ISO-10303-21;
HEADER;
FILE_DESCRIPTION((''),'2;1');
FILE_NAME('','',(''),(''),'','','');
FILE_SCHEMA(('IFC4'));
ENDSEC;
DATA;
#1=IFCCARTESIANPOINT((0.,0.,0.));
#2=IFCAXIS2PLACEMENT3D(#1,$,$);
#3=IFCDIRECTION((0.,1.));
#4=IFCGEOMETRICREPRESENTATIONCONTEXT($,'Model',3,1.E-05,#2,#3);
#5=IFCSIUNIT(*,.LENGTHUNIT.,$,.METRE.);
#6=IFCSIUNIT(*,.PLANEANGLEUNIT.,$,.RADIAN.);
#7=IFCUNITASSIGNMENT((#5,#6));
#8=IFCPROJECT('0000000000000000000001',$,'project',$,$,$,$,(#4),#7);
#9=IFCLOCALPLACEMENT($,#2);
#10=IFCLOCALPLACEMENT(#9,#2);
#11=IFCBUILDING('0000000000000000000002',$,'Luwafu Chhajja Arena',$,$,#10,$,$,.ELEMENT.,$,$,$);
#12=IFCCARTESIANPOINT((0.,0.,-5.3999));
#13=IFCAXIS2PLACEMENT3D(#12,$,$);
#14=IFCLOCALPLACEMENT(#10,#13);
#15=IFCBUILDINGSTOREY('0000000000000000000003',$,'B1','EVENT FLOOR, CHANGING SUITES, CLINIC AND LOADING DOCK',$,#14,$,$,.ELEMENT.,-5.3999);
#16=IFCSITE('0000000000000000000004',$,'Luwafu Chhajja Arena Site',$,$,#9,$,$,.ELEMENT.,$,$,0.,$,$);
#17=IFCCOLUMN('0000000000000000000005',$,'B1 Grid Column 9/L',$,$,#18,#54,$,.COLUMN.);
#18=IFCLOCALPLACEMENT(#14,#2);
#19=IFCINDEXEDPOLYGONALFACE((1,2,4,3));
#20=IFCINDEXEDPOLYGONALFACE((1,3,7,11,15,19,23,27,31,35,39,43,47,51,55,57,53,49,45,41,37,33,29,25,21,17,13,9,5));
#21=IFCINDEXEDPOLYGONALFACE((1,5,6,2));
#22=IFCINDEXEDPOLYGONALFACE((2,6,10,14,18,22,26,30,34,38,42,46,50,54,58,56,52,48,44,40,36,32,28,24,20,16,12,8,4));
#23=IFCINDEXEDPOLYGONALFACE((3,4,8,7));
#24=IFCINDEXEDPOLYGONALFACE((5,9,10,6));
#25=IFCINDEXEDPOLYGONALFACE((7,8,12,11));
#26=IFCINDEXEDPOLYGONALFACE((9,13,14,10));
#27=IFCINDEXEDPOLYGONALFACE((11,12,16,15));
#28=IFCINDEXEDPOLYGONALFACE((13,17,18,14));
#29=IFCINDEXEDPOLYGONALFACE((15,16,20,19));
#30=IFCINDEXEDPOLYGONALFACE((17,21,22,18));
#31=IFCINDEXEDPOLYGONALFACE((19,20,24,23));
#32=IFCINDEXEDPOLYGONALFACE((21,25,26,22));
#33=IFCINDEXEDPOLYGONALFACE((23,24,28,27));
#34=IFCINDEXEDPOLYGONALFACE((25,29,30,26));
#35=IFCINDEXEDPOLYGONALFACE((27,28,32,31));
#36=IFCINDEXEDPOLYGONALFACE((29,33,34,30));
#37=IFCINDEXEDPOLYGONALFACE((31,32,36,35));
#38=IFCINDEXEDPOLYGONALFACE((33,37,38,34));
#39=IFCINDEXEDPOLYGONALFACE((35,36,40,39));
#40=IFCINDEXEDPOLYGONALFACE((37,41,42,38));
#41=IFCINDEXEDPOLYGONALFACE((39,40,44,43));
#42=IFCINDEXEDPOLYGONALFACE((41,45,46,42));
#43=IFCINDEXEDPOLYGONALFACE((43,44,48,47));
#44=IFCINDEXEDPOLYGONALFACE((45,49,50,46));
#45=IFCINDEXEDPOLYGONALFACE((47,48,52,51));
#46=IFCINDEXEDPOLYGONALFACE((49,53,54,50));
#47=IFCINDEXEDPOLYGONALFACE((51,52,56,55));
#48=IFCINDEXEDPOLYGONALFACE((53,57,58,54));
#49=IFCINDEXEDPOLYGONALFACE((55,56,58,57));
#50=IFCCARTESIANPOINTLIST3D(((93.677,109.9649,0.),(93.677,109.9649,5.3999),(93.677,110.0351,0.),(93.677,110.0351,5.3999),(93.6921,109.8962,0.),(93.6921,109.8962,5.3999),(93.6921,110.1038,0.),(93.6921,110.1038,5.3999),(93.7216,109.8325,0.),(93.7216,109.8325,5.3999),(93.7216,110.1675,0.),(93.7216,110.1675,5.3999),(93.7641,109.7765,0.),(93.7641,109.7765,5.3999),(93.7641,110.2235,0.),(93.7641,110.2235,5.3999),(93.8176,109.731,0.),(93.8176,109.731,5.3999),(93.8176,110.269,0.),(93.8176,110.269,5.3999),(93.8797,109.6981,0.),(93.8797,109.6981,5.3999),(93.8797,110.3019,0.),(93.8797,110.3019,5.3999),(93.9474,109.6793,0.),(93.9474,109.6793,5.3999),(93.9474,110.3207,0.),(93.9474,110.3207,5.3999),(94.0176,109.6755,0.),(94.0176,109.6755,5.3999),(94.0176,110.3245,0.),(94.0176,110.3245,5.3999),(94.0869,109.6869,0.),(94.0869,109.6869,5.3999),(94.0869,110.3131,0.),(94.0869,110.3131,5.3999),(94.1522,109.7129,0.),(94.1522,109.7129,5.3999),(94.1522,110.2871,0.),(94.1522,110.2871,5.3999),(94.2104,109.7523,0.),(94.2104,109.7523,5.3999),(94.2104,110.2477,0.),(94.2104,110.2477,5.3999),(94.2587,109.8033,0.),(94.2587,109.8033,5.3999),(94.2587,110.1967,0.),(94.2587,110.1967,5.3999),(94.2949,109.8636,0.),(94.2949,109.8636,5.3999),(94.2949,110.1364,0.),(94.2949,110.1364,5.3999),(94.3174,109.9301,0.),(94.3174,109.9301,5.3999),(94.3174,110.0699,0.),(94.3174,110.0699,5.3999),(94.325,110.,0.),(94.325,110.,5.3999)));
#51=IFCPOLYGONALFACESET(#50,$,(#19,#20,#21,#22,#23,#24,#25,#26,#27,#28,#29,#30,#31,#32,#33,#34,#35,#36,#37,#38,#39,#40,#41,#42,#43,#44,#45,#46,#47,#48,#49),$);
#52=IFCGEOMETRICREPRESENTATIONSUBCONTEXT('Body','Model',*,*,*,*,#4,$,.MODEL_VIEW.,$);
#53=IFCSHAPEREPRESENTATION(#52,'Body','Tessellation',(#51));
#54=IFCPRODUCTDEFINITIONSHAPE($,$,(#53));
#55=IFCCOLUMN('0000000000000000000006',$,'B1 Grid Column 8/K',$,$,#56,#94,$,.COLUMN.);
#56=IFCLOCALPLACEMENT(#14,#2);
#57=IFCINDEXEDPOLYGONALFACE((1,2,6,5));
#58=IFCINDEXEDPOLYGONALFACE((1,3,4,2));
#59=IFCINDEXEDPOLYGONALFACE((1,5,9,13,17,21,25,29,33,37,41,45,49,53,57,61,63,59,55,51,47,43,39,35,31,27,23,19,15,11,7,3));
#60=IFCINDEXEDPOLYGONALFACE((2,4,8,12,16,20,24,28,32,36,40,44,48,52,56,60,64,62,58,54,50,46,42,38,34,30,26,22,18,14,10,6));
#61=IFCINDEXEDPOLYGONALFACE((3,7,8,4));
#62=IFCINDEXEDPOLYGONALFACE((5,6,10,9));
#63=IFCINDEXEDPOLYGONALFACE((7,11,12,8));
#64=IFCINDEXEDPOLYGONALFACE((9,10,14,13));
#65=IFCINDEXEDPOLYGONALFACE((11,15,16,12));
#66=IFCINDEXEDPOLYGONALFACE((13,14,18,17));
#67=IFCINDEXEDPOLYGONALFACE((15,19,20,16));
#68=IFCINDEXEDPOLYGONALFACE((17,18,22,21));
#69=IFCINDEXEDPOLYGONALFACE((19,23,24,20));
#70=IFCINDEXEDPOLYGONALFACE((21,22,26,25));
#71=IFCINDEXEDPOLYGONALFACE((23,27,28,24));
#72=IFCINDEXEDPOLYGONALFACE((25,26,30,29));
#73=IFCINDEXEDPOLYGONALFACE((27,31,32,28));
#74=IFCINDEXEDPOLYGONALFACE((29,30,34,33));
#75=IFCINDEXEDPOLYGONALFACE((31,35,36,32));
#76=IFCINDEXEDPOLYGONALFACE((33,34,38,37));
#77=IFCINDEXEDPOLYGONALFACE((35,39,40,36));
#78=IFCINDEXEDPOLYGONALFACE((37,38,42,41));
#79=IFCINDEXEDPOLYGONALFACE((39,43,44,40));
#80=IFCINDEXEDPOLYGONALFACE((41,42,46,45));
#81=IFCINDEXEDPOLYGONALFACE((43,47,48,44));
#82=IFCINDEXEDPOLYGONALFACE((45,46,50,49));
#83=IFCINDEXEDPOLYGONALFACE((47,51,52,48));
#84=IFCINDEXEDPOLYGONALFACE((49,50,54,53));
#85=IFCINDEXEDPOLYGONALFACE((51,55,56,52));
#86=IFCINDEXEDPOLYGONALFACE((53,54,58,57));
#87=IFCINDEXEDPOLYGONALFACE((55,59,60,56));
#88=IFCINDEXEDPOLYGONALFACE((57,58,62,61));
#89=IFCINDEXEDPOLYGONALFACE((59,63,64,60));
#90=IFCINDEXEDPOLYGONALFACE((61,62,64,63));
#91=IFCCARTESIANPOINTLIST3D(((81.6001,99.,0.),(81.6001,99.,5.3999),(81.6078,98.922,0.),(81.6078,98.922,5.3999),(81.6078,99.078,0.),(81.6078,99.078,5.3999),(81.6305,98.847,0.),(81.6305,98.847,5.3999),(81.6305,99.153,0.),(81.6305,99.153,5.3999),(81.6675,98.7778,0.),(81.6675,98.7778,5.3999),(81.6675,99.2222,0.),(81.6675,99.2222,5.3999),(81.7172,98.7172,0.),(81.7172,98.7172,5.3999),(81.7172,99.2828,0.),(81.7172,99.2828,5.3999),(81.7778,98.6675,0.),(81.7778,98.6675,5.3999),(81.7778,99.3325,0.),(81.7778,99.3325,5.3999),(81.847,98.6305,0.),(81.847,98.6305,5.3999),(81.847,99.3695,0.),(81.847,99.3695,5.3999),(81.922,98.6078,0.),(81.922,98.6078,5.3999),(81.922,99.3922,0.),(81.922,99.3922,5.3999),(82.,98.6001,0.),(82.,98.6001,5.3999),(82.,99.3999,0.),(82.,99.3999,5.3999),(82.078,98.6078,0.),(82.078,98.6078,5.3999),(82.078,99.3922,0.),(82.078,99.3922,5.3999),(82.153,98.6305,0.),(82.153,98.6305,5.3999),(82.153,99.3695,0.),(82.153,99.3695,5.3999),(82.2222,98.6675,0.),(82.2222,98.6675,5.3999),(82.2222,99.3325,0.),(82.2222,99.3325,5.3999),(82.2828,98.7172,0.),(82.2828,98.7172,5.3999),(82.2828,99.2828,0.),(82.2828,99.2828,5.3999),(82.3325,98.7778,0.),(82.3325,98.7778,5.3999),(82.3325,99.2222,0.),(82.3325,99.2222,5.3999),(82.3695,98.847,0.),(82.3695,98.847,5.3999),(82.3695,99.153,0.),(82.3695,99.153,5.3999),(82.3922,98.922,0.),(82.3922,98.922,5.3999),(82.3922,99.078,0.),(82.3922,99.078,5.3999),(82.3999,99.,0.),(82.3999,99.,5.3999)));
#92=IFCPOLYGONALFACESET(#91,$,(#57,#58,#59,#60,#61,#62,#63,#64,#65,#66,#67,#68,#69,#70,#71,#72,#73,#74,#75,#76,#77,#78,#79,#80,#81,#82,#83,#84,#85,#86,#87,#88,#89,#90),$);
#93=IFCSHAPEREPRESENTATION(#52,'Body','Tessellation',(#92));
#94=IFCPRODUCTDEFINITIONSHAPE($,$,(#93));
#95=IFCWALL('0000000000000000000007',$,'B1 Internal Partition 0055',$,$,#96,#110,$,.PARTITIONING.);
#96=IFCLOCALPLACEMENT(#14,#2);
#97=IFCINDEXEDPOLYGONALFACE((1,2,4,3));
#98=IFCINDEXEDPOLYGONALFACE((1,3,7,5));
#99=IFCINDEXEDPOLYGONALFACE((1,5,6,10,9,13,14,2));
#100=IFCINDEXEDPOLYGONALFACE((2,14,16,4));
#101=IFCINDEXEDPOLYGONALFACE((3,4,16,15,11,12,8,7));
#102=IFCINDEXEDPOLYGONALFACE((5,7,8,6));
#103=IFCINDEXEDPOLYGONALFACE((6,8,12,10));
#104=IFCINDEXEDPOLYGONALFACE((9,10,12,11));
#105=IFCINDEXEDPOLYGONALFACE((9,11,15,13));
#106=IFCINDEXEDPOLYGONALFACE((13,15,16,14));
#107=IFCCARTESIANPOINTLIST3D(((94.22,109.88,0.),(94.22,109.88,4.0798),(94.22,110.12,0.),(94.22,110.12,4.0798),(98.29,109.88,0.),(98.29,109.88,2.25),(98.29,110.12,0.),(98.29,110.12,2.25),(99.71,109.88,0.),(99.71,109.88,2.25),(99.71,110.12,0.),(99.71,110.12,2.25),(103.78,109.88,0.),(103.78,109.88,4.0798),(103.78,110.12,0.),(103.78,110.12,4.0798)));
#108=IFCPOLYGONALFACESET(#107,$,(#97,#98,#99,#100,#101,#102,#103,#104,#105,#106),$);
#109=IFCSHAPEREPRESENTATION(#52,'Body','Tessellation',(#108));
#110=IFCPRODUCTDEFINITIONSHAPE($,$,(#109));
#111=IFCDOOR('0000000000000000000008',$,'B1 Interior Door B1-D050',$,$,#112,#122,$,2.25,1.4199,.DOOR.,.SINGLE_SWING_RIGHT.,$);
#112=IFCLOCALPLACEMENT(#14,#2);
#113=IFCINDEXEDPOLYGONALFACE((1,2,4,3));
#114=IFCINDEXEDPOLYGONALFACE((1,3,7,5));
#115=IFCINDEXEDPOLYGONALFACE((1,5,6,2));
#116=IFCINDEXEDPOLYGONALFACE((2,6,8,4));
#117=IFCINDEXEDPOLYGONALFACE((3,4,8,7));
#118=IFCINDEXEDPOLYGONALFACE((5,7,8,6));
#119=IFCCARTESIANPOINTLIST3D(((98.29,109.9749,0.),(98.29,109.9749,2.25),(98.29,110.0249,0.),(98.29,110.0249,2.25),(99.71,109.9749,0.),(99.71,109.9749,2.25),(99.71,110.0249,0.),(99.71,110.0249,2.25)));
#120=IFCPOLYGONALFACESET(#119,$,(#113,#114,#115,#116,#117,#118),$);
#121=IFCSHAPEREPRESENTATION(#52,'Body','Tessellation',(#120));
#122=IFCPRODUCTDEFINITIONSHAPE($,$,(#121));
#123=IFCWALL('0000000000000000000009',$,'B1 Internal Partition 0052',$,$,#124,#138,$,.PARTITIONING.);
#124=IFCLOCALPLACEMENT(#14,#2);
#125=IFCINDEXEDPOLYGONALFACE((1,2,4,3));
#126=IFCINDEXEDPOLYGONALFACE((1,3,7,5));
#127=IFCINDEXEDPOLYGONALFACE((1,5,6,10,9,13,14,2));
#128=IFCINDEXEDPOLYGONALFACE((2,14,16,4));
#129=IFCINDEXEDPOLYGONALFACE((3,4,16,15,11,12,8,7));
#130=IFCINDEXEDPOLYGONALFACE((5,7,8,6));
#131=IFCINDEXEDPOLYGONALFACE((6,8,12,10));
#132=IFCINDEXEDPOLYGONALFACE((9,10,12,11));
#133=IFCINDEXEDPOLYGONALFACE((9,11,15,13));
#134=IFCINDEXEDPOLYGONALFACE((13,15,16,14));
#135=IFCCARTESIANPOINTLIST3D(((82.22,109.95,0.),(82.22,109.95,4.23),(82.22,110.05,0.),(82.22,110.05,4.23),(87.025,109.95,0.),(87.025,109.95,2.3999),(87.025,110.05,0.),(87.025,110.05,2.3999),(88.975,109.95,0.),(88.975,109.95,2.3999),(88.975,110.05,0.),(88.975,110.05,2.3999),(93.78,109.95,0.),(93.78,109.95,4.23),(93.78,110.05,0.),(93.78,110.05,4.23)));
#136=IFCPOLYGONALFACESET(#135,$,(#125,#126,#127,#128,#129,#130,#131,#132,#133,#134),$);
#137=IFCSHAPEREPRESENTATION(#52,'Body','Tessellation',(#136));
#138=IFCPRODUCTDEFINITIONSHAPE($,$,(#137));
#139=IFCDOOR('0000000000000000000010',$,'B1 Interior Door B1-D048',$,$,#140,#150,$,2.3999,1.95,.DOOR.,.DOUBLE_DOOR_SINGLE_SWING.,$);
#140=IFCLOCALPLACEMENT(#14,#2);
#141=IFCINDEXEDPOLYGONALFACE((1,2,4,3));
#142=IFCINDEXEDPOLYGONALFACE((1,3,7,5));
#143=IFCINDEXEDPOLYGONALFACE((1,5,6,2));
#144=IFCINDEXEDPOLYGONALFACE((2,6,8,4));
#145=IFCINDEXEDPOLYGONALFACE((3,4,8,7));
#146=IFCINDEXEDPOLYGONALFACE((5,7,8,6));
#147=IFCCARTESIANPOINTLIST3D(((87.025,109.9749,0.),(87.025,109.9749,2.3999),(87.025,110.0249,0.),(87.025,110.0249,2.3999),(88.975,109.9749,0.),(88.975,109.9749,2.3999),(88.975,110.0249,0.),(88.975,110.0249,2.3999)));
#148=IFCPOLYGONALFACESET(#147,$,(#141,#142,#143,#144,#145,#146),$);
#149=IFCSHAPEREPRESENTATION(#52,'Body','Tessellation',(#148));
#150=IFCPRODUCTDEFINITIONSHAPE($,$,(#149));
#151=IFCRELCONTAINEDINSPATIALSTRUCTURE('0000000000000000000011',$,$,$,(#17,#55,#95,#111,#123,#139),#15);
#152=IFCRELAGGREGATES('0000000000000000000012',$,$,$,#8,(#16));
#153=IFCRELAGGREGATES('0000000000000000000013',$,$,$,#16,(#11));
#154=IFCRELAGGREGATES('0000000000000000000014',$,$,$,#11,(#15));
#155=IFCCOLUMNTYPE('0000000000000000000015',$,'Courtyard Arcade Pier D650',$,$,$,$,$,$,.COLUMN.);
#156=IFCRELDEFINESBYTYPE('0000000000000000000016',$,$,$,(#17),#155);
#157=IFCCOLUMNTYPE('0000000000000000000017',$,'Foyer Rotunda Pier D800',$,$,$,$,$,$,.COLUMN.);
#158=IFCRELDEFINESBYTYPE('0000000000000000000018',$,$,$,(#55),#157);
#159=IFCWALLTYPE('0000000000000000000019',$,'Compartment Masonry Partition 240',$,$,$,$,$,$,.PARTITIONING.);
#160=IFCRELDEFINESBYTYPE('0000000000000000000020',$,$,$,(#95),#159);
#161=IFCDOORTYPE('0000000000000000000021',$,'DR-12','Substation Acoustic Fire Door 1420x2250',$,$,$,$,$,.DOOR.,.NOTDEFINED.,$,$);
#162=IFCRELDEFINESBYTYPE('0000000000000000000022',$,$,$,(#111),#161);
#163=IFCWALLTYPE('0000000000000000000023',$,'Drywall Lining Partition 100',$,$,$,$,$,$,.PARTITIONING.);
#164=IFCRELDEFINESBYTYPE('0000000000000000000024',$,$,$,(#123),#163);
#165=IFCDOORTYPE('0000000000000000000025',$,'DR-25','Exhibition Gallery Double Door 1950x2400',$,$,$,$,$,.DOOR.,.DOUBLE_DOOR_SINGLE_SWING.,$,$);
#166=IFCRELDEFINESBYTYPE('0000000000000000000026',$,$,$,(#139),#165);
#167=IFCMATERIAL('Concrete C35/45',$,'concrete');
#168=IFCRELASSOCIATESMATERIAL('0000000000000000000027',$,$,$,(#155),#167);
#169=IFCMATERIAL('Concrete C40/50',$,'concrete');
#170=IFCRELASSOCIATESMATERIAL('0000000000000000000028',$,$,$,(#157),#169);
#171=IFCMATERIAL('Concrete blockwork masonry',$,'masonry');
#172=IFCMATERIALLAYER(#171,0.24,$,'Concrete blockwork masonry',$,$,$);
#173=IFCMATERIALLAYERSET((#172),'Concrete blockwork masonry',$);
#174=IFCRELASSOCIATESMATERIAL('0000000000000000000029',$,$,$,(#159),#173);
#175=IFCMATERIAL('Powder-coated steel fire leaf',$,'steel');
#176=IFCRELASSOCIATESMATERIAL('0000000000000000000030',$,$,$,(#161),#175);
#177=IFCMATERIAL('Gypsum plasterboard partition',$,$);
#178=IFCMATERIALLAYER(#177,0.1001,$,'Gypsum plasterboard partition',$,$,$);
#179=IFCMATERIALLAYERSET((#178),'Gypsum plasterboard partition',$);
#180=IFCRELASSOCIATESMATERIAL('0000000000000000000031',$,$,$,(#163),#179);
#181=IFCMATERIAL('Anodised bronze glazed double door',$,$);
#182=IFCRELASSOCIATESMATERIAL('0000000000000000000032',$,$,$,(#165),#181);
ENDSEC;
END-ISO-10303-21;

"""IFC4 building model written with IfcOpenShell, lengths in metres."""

from ifc_helpers import new_model, si_unit, direction, frame, frame_2d, origin, origin_2d, place, context, subcontext, project, spatial, rectangle, circle, extrude, material, layer, layer_set, material_profile, profile_set, type_object, element, fill, save


model = new_model("IFC4")

# Units and contexts
model_context = context("Model", 3, precision=1e-05, world=origin(), true_north=direction((0.0, 1.0)))
body_context = subcontext(model_context, "Body", "Model", "MODEL_VIEW")
ifc_project = project(units=[si_unit("LENGTHUNIT", "METRE"), si_unit("PLANEANGLEUNIT", "RADIAN")], contexts=[model_context])

# Site, building, storey
site_placement = place(None, origin())
site = spatial("IfcSite", under=ifc_project, at=site_placement, Name="Luwafu Chhajja Arena Site", CompositionType="ELEMENT", RefElevation=0.0)
building_placement = place(site_placement, origin())
building = spatial("IfcBuilding", under=site, at=building_placement, Name="Luwafu Chhajja Arena", CompositionType="ELEMENT")
storey_placement = place(building_placement, frame((0.0, 0.0, -5.3999)))
storey = spatial("IfcBuildingStorey", under=building, at=storey_placement, Name="B1", Description="EVENT FLOOR, CHANGING SUITES, CLINIC AND LOADING DOCK", CompositionType="ELEMENT", Elevation=-5.3999)

# Shared definitions
ifc_material_1 = material(Name="Concrete C35/45", Category="concrete")

# Columns
ifc_material_profile_1 = material_profile(ifc_material_1, circle(Radius=0.325, at=origin_2d()), Name="RC COL D650")
ifc_profile_set_1 = profile_set([ifc_material_profile_1], Name="Concrete C35/45")
column_type_1 = type_object("IfcColumnType", Name="Courtyard Arcade Pier D650", PredefinedType="COLUMN", material=ifc_profile_set_1)
column_1_placement = place(storey_placement, frame((94.0, 110.0, 0.0), z_axis=(0.0, 0.0, 1.0), x_axis=(1.0, 0.0, 0.0)))
element("IfcColumn", 1, at=column_1_placement, inside=storey, type_object=column_type_1, Name="B1 Grid Column 9/L", PredefinedType="COLUMN", context=body_context, shape_type="SweptSolid", body=[
    extrude(circle(Radius=0.325, at=origin_2d()), origin(), (0.0, 0.0, 1.0), 5.3999),
])
ifc_material_2 = material(Name="Concrete C40/50", Category="concrete")
ifc_material_profile_2 = material_profile(ifc_material_2, circle(Radius=0.3999, at=origin_2d()), Name="RC COL D800")
ifc_profile_set_2 = profile_set([ifc_material_profile_2], Name="Concrete C40/50")
column_type_2 = type_object("IfcColumnType", Name="Foyer Rotunda Pier D800", PredefinedType="COLUMN", material=ifc_profile_set_2)
column_2_placement = place(storey_placement, frame((82.0, 99.0, 0.0), z_axis=(0.0, 0.0, 1.0), x_axis=(1.0, 0.0, 0.0)))
element("IfcColumn", 2, at=column_2_placement, inside=storey, type_object=column_type_2, Name="B1 Grid Column 8/K", PredefinedType="COLUMN", context=body_context, shape_type="SweptSolid", body=[
    extrude(circle(Radius=0.3999, at=origin_2d()), origin(), (0.0, 0.0, 1.0), 5.3999),
])

# Walls, openings, doors
ifc_material_3 = material(Name="Concrete blockwork masonry", Category="masonry")
ifc_layer_1 = layer(ifc_material_3, 0.24, Name="Concrete blockwork masonry")
ifc_layer_set_1 = layer_set([ifc_layer_1], Name="Concrete blockwork masonry")
wall_type_1 = type_object("IfcWallType", Name="Compartment Masonry Partition 240", PredefinedType="PARTITIONING", material=ifc_layer_set_1)
wall_1_placement = place(storey_placement, frame((94.22, 110.0, 0.0), z_axis=(0.0, 0.0, 1.0), x_axis=(1.0, 0.0, 0.0)))
wall_1 = element("IfcWall", 3, at=wall_1_placement, inside=storey, type_object=wall_type_1, Name="B1 Internal Partition 0055", PredefinedType="PARTITIONING", context=body_context, shape_type="SweptSolid", body=[
    extrude(rectangle(XDim=9.5601, YDim=0.24, at=frame_2d((4.78, 0.0))), origin(), (0.0, 0.0, 1.0), 4.0798),
])
opening_1_placement = place(wall_1_placement, frame((4.0701, 0.0, 0.0)))
opening_1 = element("IfcOpeningElement", 4, at=opening_1_placement, cuts=wall_1, PredefinedType="OPENING", context=body_context, shape_type="SweptSolid", body=[
    extrude(rectangle(XDim=1.4199, YDim=2.25, at=frame_2d((0.71, 1.125))), frame((0.0, 0.1299, 0.0), z_axis=(0.0, -1.0, 0.0), x_axis=(1.0, 0.0, 0.0)), (0.0, 0.0, 1.0), 0.26),
])
ifc_material_4 = material(Name="Powder-coated steel fire leaf", Category="steel")
door_type_1 = type_object("IfcDoorType", Name="DR-12", Description="Substation Acoustic Fire Door 1420x2250", OperationType="NOTDEFINED", PredefinedType="DOOR", material=ifc_material_4)
door_1_placement = place(opening_1_placement, origin())
door_1 = element("IfcDoor", 5, at=door_1_placement, inside=storey, type_object=door_type_1, Name="B1 Interior Door B1-D050", OperationType="SINGLE_SWING_RIGHT", OverallHeight=2.25, OverallWidth=1.4199, PredefinedType="DOOR", context=body_context, shape_type="SweptSolid", body=[
    extrude(rectangle(XDim=1.4199, YDim=2.25, at=frame_2d((0.71, 1.125))), frame((0.0, 0.0249, 0.0), z_axis=(0.0, -1.0, 0.0), x_axis=(1.0, 0.0, 0.0)), (0.0, 0.0, 1.0), 0.05),
])
fill(opening_1, door_1)
ifc_material_5 = material(Name="Gypsum plasterboard partition")
ifc_layer_2 = layer(ifc_material_5, 0.1001, Name="Gypsum plasterboard partition")
ifc_layer_set_2 = layer_set([ifc_layer_2], Name="Gypsum plasterboard partition")
wall_type_2 = type_object("IfcWallType", Name="Drywall Lining Partition 100", PredefinedType="PARTITIONING", material=ifc_layer_set_2)
wall_2_placement = place(storey_placement, frame((82.22, 110.0, 0.0), z_axis=(0.0, 0.0, 1.0), x_axis=(1.0, 0.0, 0.0)))
wall_2 = element("IfcWall", 6, at=wall_2_placement, inside=storey, type_object=wall_type_2, Name="B1 Internal Partition 0052", PredefinedType="PARTITIONING", context=body_context, shape_type="SweptSolid", body=[
    extrude(rectangle(XDim=11.5601, YDim=0.1001, at=frame_2d((5.78, 0.0))), origin(), (0.0, 0.0, 1.0), 4.23),
])
opening_2_placement = place(wall_2_placement, frame((4.8049, 0.0, 0.0)))
opening_2 = element("IfcOpeningElement", 7, at=opening_2_placement, cuts=wall_2, PredefinedType="OPENING", context=body_context, shape_type="SweptSolid", body=[
    extrude(rectangle(XDim=1.95, YDim=2.3999, at=frame_2d((0.9751, 1.2))), frame((0.0, 0.0601, 0.0), z_axis=(0.0, -1.0, 0.0), x_axis=(1.0, 0.0, 0.0)), (0.0, 0.0, 1.0), 0.1201),
])
ifc_material_6 = material(Name="Anodised bronze glazed double door")
door_type_2 = type_object("IfcDoorType", Name="DR-25", Description="Exhibition Gallery Double Door 1950x2400", OperationType="DOUBLE_DOOR_SINGLE_SWING", PredefinedType="DOOR", material=ifc_material_6)
door_2_placement = place(opening_2_placement, origin())
door_2 = element("IfcDoor", 8, at=door_2_placement, inside=storey, type_object=door_type_2, Name="B1 Interior Door B1-D048", OperationType="DOUBLE_DOOR_SINGLE_SWING", OverallHeight=2.3999, OverallWidth=1.95, PredefinedType="DOOR", context=body_context, shape_type="SweptSolid", body=[
    extrude(rectangle(XDim=1.95, YDim=2.3999, at=frame_2d((0.9751, 1.2))), frame((0.0, 0.0249, 0.0), z_axis=(0.0, -1.0, 0.0), x_axis=(1.0, 0.0, 0.0)), (0.0, 0.0, 1.0), 0.05),
])
fill(opening_2, door_2)

save(model, "model.ifc")
